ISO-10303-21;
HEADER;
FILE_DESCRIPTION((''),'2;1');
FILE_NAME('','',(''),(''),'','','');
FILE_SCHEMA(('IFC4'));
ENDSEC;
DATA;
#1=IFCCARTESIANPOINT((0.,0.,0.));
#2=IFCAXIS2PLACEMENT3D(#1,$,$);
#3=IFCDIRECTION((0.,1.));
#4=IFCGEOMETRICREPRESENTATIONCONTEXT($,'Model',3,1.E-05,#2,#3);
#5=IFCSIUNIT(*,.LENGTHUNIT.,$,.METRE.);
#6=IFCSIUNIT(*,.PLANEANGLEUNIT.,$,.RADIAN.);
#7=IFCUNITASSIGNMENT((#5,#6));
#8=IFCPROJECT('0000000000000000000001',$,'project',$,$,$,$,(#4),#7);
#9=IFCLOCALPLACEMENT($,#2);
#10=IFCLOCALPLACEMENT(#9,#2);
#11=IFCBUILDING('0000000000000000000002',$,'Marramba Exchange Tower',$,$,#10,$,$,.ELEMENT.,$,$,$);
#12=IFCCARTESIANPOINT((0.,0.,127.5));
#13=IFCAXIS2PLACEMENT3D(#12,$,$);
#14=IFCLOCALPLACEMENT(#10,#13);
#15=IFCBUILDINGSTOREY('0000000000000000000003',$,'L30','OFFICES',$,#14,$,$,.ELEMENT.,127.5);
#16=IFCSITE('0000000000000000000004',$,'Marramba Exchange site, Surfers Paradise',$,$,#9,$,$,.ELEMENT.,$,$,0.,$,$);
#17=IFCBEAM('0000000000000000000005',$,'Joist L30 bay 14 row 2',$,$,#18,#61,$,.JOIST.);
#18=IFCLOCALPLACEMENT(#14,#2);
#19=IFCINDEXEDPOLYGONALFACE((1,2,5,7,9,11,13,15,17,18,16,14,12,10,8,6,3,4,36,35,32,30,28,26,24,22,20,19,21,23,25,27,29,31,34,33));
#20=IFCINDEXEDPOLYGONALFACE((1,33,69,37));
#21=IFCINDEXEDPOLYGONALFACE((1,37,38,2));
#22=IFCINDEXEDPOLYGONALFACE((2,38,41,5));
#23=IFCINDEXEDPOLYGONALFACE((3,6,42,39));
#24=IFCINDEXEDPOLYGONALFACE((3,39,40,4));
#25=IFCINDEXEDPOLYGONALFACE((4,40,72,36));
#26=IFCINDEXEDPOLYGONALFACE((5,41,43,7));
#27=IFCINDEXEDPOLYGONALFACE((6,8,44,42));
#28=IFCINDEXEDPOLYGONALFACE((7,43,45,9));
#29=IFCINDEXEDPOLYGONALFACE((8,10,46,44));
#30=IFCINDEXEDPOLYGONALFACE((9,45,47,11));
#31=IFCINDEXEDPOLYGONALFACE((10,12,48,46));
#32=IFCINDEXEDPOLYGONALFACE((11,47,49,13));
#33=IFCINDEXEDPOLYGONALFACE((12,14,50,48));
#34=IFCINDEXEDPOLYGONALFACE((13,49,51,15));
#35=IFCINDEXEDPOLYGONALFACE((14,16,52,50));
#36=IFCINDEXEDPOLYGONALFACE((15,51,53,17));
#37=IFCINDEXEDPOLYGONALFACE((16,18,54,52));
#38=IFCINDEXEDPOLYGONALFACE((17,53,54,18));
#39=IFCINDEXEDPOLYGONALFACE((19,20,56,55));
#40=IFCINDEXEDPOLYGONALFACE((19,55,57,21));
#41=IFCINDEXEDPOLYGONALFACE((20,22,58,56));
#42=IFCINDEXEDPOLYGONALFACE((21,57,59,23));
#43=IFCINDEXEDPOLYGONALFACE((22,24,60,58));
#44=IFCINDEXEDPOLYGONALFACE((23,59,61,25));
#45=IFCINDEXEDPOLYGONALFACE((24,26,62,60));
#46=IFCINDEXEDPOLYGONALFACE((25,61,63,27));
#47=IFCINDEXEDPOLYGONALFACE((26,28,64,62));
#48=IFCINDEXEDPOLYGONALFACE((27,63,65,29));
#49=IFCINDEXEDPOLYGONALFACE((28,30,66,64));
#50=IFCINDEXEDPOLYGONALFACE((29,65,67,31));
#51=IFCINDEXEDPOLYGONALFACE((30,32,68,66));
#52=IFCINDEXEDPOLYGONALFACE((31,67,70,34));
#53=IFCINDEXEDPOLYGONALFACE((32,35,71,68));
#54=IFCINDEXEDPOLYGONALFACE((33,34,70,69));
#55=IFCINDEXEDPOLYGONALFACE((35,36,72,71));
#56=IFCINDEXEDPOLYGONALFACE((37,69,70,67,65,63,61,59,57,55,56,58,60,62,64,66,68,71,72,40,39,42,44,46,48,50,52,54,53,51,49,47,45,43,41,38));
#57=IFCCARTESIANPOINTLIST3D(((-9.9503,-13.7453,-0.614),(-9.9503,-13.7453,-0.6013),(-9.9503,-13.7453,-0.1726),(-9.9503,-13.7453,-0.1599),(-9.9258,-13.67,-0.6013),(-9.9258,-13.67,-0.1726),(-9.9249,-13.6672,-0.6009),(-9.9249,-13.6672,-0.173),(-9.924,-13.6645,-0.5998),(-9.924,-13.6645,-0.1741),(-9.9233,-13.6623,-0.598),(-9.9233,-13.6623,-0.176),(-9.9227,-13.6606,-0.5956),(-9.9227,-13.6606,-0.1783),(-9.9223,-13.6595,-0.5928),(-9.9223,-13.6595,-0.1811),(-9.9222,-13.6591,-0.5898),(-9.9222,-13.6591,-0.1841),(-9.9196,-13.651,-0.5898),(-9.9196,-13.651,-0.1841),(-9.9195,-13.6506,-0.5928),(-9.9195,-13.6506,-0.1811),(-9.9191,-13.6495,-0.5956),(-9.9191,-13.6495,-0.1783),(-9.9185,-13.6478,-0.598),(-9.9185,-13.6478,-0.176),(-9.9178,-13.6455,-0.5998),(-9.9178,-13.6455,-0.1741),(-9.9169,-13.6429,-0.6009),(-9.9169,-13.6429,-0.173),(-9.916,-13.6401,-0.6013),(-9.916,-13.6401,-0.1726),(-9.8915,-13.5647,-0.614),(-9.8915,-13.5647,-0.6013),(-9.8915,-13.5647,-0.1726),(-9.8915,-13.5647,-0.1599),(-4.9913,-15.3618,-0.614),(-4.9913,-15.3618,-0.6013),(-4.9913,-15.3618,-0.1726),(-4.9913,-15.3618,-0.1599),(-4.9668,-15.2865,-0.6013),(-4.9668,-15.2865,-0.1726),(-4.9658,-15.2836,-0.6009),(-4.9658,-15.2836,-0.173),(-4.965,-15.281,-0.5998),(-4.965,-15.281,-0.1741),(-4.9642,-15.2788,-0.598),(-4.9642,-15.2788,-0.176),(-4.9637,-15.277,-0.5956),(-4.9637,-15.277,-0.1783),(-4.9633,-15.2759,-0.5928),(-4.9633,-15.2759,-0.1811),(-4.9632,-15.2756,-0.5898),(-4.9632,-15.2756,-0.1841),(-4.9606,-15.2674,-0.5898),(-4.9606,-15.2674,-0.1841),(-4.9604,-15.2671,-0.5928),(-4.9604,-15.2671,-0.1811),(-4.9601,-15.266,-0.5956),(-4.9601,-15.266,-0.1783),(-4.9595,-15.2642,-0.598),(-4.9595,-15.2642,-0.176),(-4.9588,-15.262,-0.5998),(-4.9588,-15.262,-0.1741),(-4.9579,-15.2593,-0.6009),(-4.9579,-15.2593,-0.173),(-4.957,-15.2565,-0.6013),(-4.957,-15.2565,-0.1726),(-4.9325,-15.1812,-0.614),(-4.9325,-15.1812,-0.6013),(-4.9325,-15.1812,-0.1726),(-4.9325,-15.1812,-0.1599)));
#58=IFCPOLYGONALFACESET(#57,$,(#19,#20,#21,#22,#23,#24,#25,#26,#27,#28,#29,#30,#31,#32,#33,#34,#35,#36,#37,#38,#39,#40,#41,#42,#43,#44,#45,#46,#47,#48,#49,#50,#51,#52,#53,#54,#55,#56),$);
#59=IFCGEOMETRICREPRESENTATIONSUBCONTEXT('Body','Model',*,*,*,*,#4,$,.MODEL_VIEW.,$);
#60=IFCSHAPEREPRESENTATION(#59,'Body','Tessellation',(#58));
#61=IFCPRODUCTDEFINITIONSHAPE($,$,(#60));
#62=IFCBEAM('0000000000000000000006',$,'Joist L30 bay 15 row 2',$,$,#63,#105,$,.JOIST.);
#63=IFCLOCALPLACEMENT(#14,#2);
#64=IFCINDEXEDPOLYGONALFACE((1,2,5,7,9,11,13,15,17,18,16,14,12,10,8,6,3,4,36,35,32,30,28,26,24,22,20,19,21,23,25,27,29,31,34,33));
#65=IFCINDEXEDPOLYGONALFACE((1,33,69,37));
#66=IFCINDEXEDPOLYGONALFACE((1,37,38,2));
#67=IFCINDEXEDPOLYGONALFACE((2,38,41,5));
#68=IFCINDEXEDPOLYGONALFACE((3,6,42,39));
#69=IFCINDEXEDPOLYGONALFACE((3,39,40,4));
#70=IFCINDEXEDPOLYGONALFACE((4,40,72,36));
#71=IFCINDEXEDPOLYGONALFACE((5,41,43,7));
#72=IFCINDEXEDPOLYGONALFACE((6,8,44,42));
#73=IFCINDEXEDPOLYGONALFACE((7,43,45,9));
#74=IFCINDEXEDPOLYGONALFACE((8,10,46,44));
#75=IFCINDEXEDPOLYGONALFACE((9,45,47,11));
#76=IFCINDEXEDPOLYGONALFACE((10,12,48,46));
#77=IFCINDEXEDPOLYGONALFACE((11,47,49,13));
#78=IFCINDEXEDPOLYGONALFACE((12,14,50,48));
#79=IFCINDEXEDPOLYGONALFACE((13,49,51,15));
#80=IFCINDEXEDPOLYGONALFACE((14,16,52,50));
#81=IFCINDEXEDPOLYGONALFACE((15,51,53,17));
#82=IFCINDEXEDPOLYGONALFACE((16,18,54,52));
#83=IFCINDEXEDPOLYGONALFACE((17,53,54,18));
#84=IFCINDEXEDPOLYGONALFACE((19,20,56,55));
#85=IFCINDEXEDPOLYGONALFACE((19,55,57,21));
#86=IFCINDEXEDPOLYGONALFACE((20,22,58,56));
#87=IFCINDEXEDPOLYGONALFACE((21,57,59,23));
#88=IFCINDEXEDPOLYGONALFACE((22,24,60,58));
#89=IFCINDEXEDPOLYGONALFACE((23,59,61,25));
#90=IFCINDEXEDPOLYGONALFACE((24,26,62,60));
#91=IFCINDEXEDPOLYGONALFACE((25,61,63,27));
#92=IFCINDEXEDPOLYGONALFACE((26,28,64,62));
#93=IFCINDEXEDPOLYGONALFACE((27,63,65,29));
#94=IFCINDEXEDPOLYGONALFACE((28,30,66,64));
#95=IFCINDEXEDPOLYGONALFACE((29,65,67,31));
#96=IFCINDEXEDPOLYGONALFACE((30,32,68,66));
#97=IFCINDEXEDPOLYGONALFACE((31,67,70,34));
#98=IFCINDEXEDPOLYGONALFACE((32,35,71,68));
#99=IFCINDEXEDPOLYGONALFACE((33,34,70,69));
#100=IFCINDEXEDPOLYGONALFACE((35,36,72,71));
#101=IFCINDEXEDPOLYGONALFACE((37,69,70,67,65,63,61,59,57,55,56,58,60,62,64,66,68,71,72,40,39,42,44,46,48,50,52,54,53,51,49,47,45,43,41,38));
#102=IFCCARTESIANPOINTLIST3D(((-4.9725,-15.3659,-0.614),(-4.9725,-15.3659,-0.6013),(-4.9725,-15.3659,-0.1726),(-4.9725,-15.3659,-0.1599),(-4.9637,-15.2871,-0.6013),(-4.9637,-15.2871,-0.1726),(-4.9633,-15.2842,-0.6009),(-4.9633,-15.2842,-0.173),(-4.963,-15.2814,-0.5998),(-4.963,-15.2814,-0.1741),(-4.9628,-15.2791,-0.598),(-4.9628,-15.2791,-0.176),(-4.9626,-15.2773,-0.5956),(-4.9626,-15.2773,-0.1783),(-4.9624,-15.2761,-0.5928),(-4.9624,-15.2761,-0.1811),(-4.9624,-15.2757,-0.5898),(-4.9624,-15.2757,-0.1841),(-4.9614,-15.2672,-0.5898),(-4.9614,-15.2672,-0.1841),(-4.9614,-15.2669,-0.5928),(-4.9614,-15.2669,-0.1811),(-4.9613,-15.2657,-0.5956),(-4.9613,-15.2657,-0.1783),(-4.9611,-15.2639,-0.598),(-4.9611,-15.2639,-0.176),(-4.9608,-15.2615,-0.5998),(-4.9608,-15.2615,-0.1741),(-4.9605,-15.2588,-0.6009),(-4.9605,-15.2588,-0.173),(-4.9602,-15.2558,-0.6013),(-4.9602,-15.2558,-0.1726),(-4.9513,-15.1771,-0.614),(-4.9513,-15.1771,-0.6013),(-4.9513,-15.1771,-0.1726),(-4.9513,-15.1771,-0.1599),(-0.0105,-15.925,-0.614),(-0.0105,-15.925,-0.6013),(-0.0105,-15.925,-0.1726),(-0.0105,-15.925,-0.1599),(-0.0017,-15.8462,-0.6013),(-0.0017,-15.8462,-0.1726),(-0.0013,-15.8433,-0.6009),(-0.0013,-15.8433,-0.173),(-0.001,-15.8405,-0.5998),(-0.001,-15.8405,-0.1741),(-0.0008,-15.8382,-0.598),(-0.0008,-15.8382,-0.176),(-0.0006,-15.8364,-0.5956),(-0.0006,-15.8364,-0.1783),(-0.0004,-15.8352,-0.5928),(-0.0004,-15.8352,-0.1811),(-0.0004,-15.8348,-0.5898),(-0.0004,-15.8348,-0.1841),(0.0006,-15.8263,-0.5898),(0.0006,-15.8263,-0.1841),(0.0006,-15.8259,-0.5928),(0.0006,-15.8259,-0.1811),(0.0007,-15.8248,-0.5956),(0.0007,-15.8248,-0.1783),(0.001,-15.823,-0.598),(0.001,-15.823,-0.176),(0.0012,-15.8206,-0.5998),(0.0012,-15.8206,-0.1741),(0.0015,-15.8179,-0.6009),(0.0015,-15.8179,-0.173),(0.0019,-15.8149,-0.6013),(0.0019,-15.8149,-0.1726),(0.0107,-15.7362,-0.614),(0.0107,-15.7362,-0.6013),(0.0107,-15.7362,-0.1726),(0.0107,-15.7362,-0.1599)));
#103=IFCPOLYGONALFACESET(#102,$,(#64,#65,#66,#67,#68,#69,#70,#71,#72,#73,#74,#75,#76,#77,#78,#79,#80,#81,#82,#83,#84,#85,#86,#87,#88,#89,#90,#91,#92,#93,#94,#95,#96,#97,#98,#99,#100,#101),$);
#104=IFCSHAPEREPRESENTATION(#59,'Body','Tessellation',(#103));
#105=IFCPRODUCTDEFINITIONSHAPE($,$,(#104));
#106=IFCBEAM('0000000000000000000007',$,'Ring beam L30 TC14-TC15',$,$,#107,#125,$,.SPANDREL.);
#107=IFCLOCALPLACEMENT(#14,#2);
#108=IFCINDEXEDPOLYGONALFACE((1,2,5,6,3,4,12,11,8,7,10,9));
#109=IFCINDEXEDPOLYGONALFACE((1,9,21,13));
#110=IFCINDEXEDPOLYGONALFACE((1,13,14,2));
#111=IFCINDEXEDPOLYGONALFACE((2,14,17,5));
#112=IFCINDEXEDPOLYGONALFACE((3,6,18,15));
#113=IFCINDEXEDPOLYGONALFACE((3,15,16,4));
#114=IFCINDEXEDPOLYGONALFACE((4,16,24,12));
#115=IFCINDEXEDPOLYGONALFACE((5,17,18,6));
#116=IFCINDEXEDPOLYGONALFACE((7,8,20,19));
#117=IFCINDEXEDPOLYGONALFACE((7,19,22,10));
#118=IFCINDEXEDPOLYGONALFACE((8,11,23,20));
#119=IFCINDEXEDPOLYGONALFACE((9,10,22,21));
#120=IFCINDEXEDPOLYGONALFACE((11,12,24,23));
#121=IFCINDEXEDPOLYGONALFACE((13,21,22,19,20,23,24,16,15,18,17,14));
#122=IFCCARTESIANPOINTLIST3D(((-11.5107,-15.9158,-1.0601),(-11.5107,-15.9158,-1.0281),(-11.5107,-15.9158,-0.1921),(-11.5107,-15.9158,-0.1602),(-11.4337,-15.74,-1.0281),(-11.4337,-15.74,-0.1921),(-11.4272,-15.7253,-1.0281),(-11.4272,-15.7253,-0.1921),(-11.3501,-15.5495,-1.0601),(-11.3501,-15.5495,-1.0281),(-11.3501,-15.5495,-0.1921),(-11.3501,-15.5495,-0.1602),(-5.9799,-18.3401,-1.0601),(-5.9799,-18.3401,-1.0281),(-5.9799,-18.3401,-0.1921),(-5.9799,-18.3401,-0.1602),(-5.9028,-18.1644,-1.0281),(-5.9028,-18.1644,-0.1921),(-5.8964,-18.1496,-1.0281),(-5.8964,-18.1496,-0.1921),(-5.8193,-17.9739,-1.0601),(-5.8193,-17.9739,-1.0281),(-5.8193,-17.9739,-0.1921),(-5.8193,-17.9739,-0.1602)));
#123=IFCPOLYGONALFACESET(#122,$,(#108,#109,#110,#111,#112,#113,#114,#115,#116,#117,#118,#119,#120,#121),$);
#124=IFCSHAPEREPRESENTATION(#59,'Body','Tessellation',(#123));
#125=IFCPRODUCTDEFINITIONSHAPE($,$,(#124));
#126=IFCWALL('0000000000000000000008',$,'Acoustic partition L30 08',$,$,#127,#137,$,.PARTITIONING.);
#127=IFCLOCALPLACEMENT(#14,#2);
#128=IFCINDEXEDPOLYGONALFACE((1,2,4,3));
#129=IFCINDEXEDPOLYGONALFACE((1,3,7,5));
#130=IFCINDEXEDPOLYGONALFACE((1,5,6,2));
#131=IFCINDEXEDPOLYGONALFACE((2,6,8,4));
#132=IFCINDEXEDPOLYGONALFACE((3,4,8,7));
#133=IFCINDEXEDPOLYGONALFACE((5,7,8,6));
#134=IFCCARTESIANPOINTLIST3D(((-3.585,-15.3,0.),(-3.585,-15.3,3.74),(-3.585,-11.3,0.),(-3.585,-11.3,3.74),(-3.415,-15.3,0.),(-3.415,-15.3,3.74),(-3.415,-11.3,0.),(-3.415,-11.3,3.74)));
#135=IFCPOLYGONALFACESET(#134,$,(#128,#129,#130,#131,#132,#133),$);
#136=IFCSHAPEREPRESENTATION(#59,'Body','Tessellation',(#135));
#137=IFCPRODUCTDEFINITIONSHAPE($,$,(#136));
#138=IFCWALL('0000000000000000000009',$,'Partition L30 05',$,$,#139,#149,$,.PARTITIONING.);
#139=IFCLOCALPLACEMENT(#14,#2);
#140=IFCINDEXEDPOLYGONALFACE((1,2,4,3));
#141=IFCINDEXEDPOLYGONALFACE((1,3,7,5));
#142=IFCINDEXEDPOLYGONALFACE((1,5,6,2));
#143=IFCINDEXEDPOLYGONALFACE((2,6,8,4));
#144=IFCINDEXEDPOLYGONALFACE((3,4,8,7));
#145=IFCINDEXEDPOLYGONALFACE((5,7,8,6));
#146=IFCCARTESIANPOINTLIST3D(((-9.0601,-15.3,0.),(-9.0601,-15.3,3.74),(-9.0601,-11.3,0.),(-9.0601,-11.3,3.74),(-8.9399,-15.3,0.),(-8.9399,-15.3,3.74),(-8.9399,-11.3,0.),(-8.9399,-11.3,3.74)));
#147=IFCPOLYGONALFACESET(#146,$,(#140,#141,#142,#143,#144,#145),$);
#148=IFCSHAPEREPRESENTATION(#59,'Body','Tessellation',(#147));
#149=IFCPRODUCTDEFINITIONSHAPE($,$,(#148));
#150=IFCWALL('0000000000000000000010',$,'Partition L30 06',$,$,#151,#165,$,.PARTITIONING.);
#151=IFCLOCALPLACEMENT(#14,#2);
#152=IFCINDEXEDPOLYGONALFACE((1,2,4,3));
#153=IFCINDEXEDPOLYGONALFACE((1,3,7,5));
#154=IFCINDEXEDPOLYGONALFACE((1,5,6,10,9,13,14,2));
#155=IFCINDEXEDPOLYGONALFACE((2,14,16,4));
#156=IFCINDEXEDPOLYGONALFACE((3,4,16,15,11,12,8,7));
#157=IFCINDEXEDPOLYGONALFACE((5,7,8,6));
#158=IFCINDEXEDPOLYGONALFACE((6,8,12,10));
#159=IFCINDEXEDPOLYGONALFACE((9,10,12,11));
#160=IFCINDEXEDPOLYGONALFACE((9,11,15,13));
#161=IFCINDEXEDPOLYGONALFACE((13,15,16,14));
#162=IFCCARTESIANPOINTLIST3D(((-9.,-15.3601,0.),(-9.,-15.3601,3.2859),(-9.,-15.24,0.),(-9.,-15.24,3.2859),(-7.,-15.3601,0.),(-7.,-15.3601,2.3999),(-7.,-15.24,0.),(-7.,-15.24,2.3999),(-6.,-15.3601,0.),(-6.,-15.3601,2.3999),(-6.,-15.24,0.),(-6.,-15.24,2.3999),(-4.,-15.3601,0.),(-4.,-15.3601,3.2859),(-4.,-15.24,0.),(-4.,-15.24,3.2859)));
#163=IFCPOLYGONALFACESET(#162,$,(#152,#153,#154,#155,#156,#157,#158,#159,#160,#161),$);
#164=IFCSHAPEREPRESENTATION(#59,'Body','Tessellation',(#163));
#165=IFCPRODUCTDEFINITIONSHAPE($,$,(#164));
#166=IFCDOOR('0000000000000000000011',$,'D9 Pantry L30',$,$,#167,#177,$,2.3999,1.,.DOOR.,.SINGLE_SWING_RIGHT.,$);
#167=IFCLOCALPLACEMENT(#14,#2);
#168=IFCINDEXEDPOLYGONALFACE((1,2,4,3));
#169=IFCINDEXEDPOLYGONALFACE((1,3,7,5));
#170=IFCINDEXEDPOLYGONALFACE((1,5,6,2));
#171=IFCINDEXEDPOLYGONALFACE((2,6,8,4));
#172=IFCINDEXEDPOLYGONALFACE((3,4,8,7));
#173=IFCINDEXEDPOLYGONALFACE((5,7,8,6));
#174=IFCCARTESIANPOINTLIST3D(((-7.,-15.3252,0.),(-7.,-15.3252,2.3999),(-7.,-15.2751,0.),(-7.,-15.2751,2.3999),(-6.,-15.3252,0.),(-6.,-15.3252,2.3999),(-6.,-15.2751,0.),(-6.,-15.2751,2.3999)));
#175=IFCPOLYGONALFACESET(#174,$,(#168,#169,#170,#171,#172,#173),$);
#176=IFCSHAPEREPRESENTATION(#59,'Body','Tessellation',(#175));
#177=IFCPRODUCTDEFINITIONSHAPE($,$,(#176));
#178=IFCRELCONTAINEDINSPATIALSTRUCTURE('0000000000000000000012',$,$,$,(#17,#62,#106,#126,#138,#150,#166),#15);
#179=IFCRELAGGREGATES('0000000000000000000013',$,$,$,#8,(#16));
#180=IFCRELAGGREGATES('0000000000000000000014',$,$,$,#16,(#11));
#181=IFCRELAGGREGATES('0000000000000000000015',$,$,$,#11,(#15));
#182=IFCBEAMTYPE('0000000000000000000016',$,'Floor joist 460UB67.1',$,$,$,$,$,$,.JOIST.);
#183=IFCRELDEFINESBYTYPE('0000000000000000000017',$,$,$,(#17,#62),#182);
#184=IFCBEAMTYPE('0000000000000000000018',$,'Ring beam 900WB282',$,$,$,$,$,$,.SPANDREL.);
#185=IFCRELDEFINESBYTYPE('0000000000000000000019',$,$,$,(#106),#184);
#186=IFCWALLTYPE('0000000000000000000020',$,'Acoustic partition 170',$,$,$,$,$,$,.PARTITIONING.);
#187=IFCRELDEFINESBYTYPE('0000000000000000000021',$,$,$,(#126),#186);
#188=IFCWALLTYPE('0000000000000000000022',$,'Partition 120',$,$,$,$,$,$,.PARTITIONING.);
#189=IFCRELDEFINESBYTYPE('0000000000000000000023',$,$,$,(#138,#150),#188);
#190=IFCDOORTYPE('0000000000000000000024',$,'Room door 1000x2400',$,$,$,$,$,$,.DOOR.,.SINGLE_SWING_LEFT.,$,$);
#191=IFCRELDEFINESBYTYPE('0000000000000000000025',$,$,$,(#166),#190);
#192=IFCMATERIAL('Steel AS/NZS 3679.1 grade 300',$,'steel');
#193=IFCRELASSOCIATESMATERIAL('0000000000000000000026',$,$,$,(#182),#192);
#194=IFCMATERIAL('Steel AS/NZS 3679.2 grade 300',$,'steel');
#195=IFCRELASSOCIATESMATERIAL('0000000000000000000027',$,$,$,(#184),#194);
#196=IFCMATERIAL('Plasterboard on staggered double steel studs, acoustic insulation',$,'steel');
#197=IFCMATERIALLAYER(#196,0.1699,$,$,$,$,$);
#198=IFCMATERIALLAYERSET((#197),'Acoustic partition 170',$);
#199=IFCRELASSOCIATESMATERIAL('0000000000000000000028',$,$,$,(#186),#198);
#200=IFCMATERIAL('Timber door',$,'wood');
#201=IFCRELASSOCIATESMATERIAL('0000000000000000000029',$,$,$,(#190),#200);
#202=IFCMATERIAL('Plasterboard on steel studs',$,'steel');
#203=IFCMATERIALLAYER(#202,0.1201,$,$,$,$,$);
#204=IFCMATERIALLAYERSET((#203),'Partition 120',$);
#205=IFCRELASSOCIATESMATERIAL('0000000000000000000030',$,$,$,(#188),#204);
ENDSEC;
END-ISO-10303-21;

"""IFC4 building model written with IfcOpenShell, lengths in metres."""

from ifc_helpers import new_model, si_unit, direction, frame, frame_2d, origin, origin_2d, place, context, subcontext, project, spatial, rectangle, i_section, extrude, material, layer, layer_set, material_profile, profile_set, type_object, element, fill, save


model = new_model("IFC4")

# Units and contexts
model_context = context("Model", 3, precision=1e-05, world=origin(), true_north=direction((0.0, 1.0)))
body_context = subcontext(model_context, "Body", "Model", "MODEL_VIEW")
ifc_project = project(units=[si_unit("LENGTHUNIT", "METRE"), si_unit("PLANEANGLEUNIT", "RADIAN")], contexts=[model_context])

# Site, building, storey
site_placement = place(None, origin())
site = spatial("IfcSite", under=ifc_project, at=site_placement, Name="Marramba Exchange site, Surfers Paradise", CompositionType="ELEMENT", RefElevation=0.0)
building_placement = place(site_placement, origin())
building = spatial("IfcBuilding", under=site, at=building_placement, Name="Marramba Exchange Tower", CompositionType="ELEMENT")
storey_placement = place(building_placement, frame((0.0, 0.0, 127.5)))
storey = spatial("IfcBuildingStorey", under=building, at=storey_placement, Name="L30", Description="OFFICES", CompositionType="ELEMENT", Elevation=127.5)

# Beams
ifc_material_1 = material(Name="Steel AS/NZS 3679.2 grade 300", Category="steel")
ifc_material_2 = material(Name="Steel AS/NZS 3679.1 grade 300", Category="steel")
ifc_material_profile_1 = material_profile(ifc_material_2, i_section(OverallWidth=0.1899, OverallDepth=0.4541, WebThickness=0.0085, FlangeThickness=0.0127, FilletRadius=0.0115, at=origin_2d()), Name="460UB67.1")
ifc_profile_set_1 = profile_set([ifc_material_profile_1], Name="Steel AS/NZS 3679.1 grade 300")
beam_type_1 = type_object("IfcBeamType", Name="Floor joist 460UB67.1", PredefinedType="JOIST", material=ifc_profile_set_1)
beam_1_placement = place(storey_placement, frame((-9.9209, -13.655, -0.387), z_axis=(0.950764, -0.309916, 0.0), x_axis=(0.309916, 0.950764, 0.0)))
element("IfcBeam", 1, at=beam_1_placement, inside=storey, type_object=beam_type_1, Name="Joist L30 bay 14 row 2", PredefinedType="JOIST", context=body_context, shape_type="SweptSolid", body=[
    extrude(i_section(OverallWidth=0.1899, OverallDepth=0.4541, WebThickness=0.0085, FlangeThickness=0.0127, FilletRadius=0.0115, at=origin_2d()), origin(), (0.0, 0.0, 1.0), 5.2158),
])
beam_2_placement = place(storey_placement, frame((-4.9619, -15.2715, -0.387), z_axis=(0.993712, -0.111966, 0.0), x_axis=(0.111966, 0.993712, 0.0)))
element("IfcBeam", 2, at=beam_2_placement, inside=storey, type_object=beam_type_1, Name="Joist L30 bay 15 row 2", PredefinedType="JOIST", context=body_context, shape_type="SweptSolid", body=[
    extrude(i_section(OverallWidth=0.1899, OverallDepth=0.4541, WebThickness=0.0085, FlangeThickness=0.0127, FilletRadius=0.0115, at=origin_2d()), origin(), (0.0, 0.0, 1.0), 4.9934),
])
ifc_material_profile_2 = material_profile(ifc_material_1, i_section(OverallWidth=0.3999, OverallDepth=0.8999, WebThickness=0.0161, FlangeThickness=0.032, at=origin_2d()), Name="900WB282")
ifc_profile_set_2 = profile_set([ifc_material_profile_2], Name="Steel AS/NZS 3679.2 grade 300")
beam_type_2 = type_object("IfcBeamType", Name="Ring beam 900WB282", PredefinedType="SPANDREL", material=ifc_profile_set_2)
beam_3_placement = place(storey_placement, frame((-11.4304, -15.7327, -0.6101), z_axis=(0.915877, -0.401459, 0.0), x_axis=(0.401459, 0.915877, 0.0)))
element("IfcBeam", 3, at=beam_3_placement, inside=storey, type_object=beam_type_2, Name="Ring beam L30 TC14-TC15", PredefinedType="SPANDREL", context=body_context, shape_type="SweptSolid", body=[
    extrude(i_section(OverallWidth=0.3999, OverallDepth=0.8999, WebThickness=0.0161, FlangeThickness=0.032, at=origin_2d()), origin(), (0.0, 0.0, 1.0), 6.0388),
])

# Wall
ifc_material_3 = material(Name="Plasterboard on staggered double steel studs, acoustic insulation", Category="steel")
ifc_layer_1 = layer(ifc_material_3, 0.1699)
ifc_layer_set_1 = layer_set([ifc_layer_1], Name="Acoustic partition 170")
wall_type_1 = type_object("IfcWallType", Name="Acoustic partition 170", PredefinedType="PARTITIONING", material=ifc_layer_set_1)
wall_1_placement = place(storey_placement, frame((-3.5, -11.3, 0.0), z_axis=(0.0, 0.0, 1.0), x_axis=(0.0, -1.0, 0.0)))
element("IfcWall", 4, at=wall_1_placement, inside=storey, type_object=wall_type_1, Name="Acoustic partition L30 08", PredefinedType="PARTITIONING", context=body_context, shape_type="SweptSolid", body=[
    extrude(rectangle(XDim=4.0, YDim=0.1699, at=frame_2d((2.0, 0.0))), origin(), (0.0, 0.0, 1.0), 3.74),
])

# Shared definitions
ifc_material_4 = material(Name="Timber door", Category="wood")
door_type = type_object("IfcDoorType", Name="Room door 1000x2400", OperationType="SINGLE_SWING_LEFT", PredefinedType="DOOR", material=ifc_material_4)

# Wall
ifc_material_5 = material(Name="Plasterboard on steel studs", Category="steel")
ifc_layer_2 = layer(ifc_material_5, 0.1201)
ifc_layer_set_2 = layer_set([ifc_layer_2], Name="Partition 120")
wall_type_2 = type_object("IfcWallType", Name="Partition 120", PredefinedType="PARTITIONING", material=ifc_layer_set_2)
wall_2_placement = place(storey_placement, frame((-9.0, -11.3, 0.0), z_axis=(0.0, 0.0, 1.0), x_axis=(0.0, -1.0, 0.0)))
element("IfcWall", 5, at=wall_2_placement, inside=storey, type_object=wall_type_2, Name="Partition L30 05", PredefinedType="PARTITIONING", context=body_context, shape_type="SweptSolid", body=[
    extrude(rectangle(XDim=4.0, YDim=0.1201, at=frame_2d((2.0, 0.0))), origin(), (0.0, 0.0, 1.0), 3.74),
])

# Wall, opening, door
wall_3_placement = place(storey_placement, frame((-9.0, -15.3, 0.0), z_axis=(0.0, 0.0, 1.0), x_axis=(1.0, 0.0, 0.0)))
wall_3 = element("IfcWall", 6, at=wall_3_placement, inside=storey, type_object=wall_type_2, Name="Partition L30 06", PredefinedType="PARTITIONING", context=body_context, shape_type="SweptSolid", body=[
    extrude(rectangle(XDim=5.0, YDim=0.1201, at=frame_2d((2.5, 0.0))), origin(), (0.0, 0.0, 1.0), 3.2859),
])
opening_1_placement = place(wall_3_placement, frame((2.0, 0.0, 0.0)))
opening_1 = element("IfcOpeningElement", 7, at=opening_1_placement, cuts=wall_3, PredefinedType="OPENING", context=body_context, shape_type="SweptSolid", body=[
    extrude(rectangle(XDim=1.0, YDim=2.3999, at=frame_2d((0.5, 1.2))), frame((0.0, 0.0701, 0.0), z_axis=(0.0, -1.0, 0.0), x_axis=(1.0, 0.0, 0.0)), (0.0, 0.0, 1.0), 0.1401),
])
door_1_placement = place(opening_1_placement, origin())
door_1 = element("IfcDoor", 8, at=door_1_placement, inside=storey, type_object=door_type, Name="D9 Pantry L30", OperationType="SINGLE_SWING_RIGHT", OverallHeight=2.3999, OverallWidth=1.0, PredefinedType="DOOR", context=body_context, shape_type="SweptSolid", body=[
    extrude(rectangle(XDim=1.0, YDim=2.3999, at=frame_2d((0.5, 1.2))), frame((0.0, 0.0249, 0.0), z_axis=(0.0, -1.0, 0.0), x_axis=(1.0, 0.0, 0.0)), (0.0, 0.0, 1.0), 0.05),
])
fill(opening_1, door_1)

save(model, "model.ifc")
